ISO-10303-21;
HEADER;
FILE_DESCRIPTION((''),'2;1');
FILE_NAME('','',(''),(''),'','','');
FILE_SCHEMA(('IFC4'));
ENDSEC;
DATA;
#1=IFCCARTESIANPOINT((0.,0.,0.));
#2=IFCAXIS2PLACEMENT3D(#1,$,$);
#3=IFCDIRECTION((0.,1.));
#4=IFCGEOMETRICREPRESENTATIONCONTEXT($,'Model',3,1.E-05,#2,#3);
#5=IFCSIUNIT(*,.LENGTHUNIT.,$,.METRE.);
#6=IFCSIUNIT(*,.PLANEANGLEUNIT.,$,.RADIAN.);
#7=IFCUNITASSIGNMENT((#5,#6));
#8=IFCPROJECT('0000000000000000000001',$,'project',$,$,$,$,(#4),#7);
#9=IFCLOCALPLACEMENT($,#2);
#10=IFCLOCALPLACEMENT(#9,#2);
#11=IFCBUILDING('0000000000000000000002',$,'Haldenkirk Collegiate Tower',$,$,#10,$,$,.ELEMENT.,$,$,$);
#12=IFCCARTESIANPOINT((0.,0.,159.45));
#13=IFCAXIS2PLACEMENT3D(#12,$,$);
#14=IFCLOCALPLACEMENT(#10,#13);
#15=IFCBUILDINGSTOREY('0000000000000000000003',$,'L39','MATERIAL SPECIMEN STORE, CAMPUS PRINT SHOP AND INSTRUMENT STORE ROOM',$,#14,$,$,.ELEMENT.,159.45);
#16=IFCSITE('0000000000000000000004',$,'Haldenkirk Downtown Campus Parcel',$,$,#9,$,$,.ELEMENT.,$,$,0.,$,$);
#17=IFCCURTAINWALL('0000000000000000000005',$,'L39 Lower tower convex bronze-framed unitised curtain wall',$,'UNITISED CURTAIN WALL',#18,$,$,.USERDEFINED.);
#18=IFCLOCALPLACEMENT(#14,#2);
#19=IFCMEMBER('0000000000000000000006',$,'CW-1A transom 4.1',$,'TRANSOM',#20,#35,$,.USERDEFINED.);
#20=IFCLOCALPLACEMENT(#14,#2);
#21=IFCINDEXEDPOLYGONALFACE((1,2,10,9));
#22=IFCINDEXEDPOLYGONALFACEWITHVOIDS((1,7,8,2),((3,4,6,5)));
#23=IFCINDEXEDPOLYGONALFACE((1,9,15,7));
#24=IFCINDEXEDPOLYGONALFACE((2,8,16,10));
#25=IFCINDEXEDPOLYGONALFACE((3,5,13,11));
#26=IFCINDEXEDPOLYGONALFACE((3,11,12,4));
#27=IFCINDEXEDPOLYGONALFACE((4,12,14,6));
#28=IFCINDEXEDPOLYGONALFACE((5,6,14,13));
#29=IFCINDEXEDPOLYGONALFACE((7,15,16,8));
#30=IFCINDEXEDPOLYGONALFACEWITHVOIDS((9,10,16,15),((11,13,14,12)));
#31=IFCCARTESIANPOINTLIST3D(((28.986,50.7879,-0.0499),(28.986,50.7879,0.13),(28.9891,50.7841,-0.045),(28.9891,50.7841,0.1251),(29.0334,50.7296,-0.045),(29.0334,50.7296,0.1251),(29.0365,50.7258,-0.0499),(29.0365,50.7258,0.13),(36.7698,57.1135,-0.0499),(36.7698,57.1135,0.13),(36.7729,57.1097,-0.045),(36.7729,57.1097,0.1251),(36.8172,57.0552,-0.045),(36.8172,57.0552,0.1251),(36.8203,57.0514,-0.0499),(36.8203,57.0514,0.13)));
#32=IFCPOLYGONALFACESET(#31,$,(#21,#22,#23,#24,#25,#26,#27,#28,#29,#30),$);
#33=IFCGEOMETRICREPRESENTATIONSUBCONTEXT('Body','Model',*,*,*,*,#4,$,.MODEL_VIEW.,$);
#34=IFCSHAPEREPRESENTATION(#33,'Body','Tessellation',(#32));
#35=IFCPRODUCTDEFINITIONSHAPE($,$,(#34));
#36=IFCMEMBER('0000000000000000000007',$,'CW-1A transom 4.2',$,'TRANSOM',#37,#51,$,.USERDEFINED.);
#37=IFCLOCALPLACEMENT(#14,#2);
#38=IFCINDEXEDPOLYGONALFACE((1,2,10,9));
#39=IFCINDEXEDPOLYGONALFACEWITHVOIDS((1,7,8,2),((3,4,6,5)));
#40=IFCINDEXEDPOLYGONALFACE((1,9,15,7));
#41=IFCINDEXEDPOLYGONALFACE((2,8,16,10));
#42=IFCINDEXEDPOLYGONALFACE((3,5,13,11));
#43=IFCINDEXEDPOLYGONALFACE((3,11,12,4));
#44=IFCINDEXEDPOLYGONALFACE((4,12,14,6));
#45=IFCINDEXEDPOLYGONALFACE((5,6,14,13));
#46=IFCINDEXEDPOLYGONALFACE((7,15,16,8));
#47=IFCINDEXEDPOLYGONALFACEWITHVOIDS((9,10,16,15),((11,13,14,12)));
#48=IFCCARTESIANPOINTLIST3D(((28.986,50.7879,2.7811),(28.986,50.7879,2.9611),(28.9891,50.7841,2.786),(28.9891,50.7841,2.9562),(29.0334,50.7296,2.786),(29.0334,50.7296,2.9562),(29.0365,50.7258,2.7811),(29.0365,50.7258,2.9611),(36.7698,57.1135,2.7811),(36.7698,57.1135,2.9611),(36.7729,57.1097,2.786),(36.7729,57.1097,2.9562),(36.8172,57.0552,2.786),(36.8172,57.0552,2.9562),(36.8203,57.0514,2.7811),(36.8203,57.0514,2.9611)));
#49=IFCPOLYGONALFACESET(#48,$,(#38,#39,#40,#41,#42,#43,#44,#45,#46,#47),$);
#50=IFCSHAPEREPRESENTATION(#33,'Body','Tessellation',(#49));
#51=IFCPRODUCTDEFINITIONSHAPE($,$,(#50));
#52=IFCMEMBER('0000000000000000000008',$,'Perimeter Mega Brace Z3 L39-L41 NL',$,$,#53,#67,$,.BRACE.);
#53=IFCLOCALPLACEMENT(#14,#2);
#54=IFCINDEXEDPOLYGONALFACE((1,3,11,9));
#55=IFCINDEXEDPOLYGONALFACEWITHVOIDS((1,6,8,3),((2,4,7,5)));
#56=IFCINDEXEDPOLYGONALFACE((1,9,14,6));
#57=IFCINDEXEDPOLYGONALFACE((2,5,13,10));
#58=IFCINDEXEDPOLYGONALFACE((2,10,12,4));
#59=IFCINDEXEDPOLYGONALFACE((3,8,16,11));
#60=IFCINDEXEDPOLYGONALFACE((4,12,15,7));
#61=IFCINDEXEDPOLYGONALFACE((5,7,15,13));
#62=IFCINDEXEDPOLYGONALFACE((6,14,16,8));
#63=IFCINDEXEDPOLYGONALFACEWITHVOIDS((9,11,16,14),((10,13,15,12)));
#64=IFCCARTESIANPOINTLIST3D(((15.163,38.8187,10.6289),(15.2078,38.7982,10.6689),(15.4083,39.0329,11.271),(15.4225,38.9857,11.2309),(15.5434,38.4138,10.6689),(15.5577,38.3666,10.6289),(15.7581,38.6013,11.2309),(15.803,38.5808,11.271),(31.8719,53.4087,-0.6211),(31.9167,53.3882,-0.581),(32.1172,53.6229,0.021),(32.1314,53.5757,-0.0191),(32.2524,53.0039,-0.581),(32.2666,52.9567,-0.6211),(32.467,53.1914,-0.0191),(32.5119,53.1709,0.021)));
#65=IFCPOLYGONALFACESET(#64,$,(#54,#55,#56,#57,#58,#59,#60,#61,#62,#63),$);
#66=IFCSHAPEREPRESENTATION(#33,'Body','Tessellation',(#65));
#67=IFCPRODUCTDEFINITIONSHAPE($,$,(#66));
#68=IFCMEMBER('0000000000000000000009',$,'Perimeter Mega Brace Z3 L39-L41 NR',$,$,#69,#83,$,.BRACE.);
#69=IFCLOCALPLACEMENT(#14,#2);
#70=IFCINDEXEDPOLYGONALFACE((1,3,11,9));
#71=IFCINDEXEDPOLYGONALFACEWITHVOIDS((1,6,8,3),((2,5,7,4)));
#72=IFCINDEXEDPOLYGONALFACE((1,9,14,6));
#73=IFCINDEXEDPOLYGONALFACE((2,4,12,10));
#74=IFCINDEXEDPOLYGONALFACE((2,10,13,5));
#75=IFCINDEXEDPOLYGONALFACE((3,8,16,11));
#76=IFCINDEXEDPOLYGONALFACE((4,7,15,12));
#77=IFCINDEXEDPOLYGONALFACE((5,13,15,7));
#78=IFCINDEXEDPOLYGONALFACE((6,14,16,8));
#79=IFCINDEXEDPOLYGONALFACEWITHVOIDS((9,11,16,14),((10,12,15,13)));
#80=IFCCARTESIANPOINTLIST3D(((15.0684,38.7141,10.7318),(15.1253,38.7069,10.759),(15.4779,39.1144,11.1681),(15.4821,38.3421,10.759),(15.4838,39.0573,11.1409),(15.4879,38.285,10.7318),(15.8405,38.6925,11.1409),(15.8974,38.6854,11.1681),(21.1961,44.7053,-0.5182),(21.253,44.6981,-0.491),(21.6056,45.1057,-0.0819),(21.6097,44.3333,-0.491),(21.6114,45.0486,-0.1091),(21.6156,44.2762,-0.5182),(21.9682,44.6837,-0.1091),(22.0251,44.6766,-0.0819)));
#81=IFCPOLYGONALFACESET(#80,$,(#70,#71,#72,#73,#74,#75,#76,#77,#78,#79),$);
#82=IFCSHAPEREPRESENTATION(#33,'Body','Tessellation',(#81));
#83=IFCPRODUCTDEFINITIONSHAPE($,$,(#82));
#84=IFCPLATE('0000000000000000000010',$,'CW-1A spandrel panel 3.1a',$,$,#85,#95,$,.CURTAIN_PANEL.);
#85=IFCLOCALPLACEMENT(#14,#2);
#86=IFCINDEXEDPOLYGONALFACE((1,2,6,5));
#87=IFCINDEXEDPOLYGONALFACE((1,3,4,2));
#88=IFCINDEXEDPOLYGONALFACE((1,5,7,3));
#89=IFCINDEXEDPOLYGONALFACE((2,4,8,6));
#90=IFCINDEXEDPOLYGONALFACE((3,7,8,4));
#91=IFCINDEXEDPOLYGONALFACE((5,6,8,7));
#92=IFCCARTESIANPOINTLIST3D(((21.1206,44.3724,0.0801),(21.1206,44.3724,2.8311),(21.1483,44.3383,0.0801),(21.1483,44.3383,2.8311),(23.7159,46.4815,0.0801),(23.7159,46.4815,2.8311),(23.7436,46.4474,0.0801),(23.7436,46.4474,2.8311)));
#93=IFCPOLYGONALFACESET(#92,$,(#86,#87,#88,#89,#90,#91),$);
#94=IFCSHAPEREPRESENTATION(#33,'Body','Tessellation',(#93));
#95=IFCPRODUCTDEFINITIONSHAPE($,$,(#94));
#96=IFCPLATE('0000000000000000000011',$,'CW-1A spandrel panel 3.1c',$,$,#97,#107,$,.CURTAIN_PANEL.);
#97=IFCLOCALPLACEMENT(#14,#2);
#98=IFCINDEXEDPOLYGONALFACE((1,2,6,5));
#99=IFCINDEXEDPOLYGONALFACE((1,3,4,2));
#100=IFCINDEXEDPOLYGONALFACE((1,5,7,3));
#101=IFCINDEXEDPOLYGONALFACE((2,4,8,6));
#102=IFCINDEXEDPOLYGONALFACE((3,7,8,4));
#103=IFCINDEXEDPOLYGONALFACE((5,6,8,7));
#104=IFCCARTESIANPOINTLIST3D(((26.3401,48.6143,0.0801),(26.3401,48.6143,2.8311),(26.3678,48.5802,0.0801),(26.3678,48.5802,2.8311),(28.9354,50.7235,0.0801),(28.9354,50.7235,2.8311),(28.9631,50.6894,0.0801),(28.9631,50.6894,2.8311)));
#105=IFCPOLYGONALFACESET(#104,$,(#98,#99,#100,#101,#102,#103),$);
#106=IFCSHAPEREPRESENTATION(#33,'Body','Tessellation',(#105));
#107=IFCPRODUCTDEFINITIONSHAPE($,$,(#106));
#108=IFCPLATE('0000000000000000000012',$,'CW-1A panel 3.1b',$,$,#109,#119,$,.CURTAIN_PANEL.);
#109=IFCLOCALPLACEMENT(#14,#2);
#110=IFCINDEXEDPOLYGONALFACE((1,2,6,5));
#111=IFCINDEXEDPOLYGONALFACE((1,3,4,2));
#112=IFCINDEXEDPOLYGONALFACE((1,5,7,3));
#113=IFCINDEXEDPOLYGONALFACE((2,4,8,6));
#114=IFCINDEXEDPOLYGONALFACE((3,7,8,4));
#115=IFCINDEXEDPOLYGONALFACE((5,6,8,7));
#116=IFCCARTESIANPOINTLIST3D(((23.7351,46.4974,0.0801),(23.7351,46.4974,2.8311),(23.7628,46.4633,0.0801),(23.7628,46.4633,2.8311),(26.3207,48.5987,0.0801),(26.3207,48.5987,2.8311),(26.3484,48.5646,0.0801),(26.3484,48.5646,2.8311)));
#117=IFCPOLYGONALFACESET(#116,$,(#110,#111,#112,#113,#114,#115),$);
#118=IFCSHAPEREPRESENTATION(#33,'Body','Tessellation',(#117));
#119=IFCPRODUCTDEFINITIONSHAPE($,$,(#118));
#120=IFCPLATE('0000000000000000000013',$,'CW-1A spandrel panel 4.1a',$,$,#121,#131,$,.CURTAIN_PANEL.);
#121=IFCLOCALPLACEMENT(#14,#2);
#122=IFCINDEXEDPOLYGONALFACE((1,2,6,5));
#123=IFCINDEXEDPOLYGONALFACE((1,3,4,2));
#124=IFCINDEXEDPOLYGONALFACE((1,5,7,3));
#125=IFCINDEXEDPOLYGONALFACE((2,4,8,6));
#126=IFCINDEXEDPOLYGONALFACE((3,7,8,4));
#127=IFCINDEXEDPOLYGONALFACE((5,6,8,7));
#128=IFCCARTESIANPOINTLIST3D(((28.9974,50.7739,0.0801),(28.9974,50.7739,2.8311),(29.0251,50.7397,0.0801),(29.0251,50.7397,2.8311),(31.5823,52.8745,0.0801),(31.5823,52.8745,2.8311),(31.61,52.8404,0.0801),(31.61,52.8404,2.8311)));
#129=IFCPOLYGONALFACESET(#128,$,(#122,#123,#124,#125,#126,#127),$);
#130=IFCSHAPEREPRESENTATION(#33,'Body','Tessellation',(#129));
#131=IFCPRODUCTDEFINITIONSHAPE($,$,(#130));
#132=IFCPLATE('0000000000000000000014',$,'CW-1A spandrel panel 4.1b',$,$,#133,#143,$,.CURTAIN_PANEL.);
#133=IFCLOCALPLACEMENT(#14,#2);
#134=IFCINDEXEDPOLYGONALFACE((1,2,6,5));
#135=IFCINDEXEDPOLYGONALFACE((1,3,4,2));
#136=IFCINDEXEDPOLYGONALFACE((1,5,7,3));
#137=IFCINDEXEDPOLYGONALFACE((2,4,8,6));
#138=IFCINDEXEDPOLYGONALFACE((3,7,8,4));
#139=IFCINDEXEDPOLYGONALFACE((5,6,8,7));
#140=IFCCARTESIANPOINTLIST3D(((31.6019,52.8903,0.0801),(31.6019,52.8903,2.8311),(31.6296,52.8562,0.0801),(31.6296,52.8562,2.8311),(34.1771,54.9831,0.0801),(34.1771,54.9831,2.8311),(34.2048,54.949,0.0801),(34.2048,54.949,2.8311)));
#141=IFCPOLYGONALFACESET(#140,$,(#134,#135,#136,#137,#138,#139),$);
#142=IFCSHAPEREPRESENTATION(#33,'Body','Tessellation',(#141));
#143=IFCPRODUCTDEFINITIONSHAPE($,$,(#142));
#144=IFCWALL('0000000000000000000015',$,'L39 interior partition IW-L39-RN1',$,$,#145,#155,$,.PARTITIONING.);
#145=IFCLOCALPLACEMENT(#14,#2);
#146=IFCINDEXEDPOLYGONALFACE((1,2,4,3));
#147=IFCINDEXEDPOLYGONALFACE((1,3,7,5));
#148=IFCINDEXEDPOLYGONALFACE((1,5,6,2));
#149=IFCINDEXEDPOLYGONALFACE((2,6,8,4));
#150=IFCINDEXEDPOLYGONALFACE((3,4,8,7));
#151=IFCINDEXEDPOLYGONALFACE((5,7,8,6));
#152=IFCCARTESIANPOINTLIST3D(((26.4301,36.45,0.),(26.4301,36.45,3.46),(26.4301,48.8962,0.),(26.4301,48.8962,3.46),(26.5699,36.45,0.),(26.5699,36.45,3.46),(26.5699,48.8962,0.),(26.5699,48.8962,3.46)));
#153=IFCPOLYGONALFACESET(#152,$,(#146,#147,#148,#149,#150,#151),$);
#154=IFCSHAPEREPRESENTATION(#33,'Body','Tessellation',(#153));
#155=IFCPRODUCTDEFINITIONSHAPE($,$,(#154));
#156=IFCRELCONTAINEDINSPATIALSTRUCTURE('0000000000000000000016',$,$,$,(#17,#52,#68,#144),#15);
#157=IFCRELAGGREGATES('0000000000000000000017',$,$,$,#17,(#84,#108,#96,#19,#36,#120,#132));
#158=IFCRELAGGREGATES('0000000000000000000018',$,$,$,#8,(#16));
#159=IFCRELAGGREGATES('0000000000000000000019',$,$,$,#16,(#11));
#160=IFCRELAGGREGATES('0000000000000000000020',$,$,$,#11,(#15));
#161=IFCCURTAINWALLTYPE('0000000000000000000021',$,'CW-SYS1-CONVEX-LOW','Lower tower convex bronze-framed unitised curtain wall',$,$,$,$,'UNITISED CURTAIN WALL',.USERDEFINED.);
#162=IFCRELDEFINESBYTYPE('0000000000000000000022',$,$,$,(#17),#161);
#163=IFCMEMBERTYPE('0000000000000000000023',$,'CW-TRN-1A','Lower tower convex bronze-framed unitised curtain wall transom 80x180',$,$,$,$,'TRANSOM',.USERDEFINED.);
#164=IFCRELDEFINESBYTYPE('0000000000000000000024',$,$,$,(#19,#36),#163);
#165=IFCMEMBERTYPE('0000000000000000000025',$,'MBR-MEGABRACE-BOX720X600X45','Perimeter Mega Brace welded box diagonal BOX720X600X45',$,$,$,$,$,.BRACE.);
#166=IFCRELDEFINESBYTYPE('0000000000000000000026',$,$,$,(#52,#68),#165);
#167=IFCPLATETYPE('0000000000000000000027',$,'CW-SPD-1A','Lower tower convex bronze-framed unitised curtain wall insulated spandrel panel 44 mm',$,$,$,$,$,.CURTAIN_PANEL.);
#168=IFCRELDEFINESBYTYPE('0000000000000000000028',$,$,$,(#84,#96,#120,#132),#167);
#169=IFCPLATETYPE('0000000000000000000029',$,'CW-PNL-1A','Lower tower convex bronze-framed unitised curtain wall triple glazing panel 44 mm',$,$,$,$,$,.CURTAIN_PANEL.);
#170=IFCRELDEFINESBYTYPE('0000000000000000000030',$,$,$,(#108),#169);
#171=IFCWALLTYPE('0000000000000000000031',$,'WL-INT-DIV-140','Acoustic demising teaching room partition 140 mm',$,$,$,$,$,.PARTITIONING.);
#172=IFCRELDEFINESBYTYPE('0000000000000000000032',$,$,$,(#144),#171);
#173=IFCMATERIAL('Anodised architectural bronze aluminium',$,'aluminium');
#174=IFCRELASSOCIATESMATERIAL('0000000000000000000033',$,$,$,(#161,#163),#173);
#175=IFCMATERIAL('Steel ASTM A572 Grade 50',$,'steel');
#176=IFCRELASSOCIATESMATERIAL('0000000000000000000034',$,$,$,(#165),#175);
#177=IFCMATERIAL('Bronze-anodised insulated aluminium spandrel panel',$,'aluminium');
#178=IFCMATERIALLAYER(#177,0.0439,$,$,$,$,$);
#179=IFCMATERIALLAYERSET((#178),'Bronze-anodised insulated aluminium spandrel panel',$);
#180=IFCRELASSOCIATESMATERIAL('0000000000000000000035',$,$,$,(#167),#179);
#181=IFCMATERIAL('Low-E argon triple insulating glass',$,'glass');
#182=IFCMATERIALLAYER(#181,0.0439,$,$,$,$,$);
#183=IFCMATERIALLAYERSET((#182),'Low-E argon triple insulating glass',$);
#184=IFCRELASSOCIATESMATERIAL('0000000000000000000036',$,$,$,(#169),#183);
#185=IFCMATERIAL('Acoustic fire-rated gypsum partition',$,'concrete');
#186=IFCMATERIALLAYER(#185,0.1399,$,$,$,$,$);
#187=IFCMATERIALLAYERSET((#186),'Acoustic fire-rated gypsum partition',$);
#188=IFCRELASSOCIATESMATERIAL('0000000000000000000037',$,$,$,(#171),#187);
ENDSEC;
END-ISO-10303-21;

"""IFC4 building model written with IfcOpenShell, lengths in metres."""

from ifc_helpers import new_model, si_unit, direction, frame, frame_2d, origin, origin_2d, place, context, subcontext, project, spatial, rectangle, hollow_rectangle, extrude, source, transform, mapped, material, layer, layer_set, material_profile, profile_set, type_object, element, aggregate, save


model = new_model("IFC4")

# Units and contexts
model_context = context("Model", 3, precision=1e-05, world=origin(), true_north=direction((0.0, 1.0)))
body_context = subcontext(model_context, "Body", "Model", "MODEL_VIEW")
ifc_project = project(units=[si_unit("LENGTHUNIT", "METRE"), si_unit("PLANEANGLEUNIT", "RADIAN")], contexts=[model_context])

# Site, building, storey
site_placement = place(None, origin())
site = spatial("IfcSite", under=ifc_project, at=site_placement, Name="Haldenkirk Downtown Campus Parcel", CompositionType="ELEMENT", RefElevation=0.0)
building_placement = place(site_placement, origin())
building = spatial("IfcBuilding", under=site, at=building_placement, Name="Haldenkirk Collegiate Tower", CompositionType="ELEMENT")
storey_placement = place(building_placement, frame((0.0, 0.0, 159.45)))
storey = spatial("IfcBuildingStorey", under=building, at=storey_placement, Name="L39", Description="MATERIAL SPECIMEN STORE, CAMPUS PRINT SHOP AND INSTRUMENT STORE ROOM", CompositionType="ELEMENT", Elevation=159.45)

# Curtain wall, members
ifc_material_1 = material(Name="Anodised architectural bronze aluminium", Category="aluminium")
curtain_wall_type = type_object("IfcCurtainWallType", Name="CW-SYS1-CONVEX-LOW", Description="Lower tower convex bronze-framed unitised curtain wall", ElementType="UNITISED CURTAIN WALL", PredefinedType="USERDEFINED", material=ifc_material_1)
curtain_wall_placement = place(storey_placement, origin())
curtain_wall = element("IfcCurtainWall", 1, at=curtain_wall_placement, inside=storey, type_object=curtain_wall_type, Name="L39 Lower tower convex bronze-framed unitised curtain wall", ObjectType="UNITISED CURTAIN WALL", PredefinedType="USERDEFINED")
ifc_material_profile_1 = material_profile(ifc_material_1, hollow_rectangle(XDim=0.0801, YDim=0.1799, WallThickness=0.0049, at=origin_2d()), Name="CW-TRN-1A")
ifc_profile_set_1 = profile_set([ifc_material_profile_1], Name="Anodised architectural bronze aluminium")
member_type_1 = type_object("IfcMemberType", Name="CW-TRN-1A", Description="Lower tower convex bronze-framed unitised curtain wall transom 80x180", ElementType="TRANSOM", PredefinedType="USERDEFINED", material=ifc_profile_set_1)
member_1_placement = place(storey_placement, frame((29.0112, 50.7568, 0.04), z_axis=(0.776054, 0.630667, 0.0), x_axis=(-0.630667, 0.776054, 0.0)))
member_1 = element("IfcMember", 2, at=member_1_placement, type_object=member_type_1, Name="CW-1A transom 4.1", ObjectType="TRANSOM", PredefinedType="USERDEFINED", context=body_context, shape_type="SweptSolid", body=[
    extrude(hollow_rectangle(XDim=0.0801, YDim=0.1799, WallThickness=0.0049, at=origin_2d()), origin(), (0.0, 0.0, 1.0), 10.03),
])
member_2_placement = place(storey_placement, frame((29.0112, 50.7568, 2.8711), z_axis=(0.776054, 0.630667, 0.0), x_axis=(-0.630667, 0.776054, 0.0)))
member_2 = element("IfcMember", 3, at=member_2_placement, type_object=member_type_1, Name="CW-1A transom 4.2", ObjectType="TRANSOM", PredefinedType="USERDEFINED", context=body_context, shape_type="SweptSolid", body=[
    extrude(hollow_rectangle(XDim=0.0801, YDim=0.1799, WallThickness=0.0049, at=origin_2d()), origin(), (0.0, 0.0, 1.0), 10.03),
])

# Members
ifc_material_2 = material(Name="Steel ASTM A572 Grade 50", Category="steel")
ifc_material_profile_2 = material_profile(ifc_material_2, hollow_rectangle(XDim=0.6001, YDim=0.72, WallThickness=0.0449, at=origin_2d()), Name="BOX720X600X45")
ifc_profile_set_2 = profile_set([ifc_material_profile_2], Name="Steel ASTM A572 Grade 50")
member_type_2 = type_object("IfcMemberType", Name="MBR-MEGABRACE-BOX720X600X45", Description="Perimeter Mega Brace welded box diagonal BOX720X600X45", PredefinedType="BRACE", material=ifc_profile_set_2)
member_3_placement = place(storey_placement, frame((32.1919, 53.2898, -0.3), z_axis=(-0.671795, -0.586604, 0.452313), x_axis=(0.657731, -0.753253, 0.0)))
element("IfcMember", 4, at=member_3_placement, inside=storey, type_object=member_type_2, Name="Perimeter Mega Brace Z3 L39-L41 NL", PredefinedType="BRACE", context=body_context, shape_type="SweptSolid", body=[
    extrude(hollow_rectangle(XDim=0.6001, YDim=0.72, WallThickness=0.0449, at=origin_2d()), origin(), (0.0, 0.0, 1.0), 24.8721),
])
member_4_placement = place(storey_placement, frame((21.6106, 44.6909, -0.3), z_axis=(-0.433287, -0.423637, 0.795484), x_axis=(0.6991, -0.715024, 0.0)))
element("IfcMember", 5, at=member_4_placement, inside=storey, type_object=member_type_2, Name="Perimeter Mega Brace Z3 L39-L41 NR", PredefinedType="BRACE", context=body_context, shape_type="SweptSolid", body=[
    extrude(hollow_rectangle(XDim=0.6001, YDim=0.72, WallThickness=0.0449, at=origin_2d()), origin(), (0.0, 0.0, 1.0), 14.1423),
])

# Plates
ifc_material_3 = material(Name="Bronze-anodised insulated aluminium spandrel panel", Category="aluminium")
ifc_layer_1 = layer(ifc_material_3, 0.0439)
ifc_layer_set_1 = layer_set([ifc_layer_1], Name="Bronze-anodised insulated aluminium spandrel panel")
plate_type_1 = type_object("IfcPlateType", Name="CW-SPD-1A", Description="Lower tower convex bronze-framed unitised curtain wall insulated spandrel panel 44 mm", PredefinedType="CURTAIN_PANEL", material=ifc_layer_set_1)
shared_shape_1 = source(origin(), body_context, "Body", "SweptSolid", [
    extrude(rectangle(XDim=3.3442, YDim=0.0439, at=origin_2d()), origin(), (0.0, 0.0, 1.0), 2.751),
])
plate_1_placement = place(storey_placement, frame((22.4321, 45.4099, 0.0801), z_axis=(0.0, 0.0, 1.0), x_axis=(0.776048, 0.630674, 0.0)))
plate_1 = element("IfcPlate", 6, at=plate_1_placement, type_object=plate_type_1, Name="CW-1A spandrel panel 3.1a", PredefinedType="CURTAIN_PANEL", context=body_context, shape_type="MappedRepresentation", body=[
    mapped(shared_shape_1, transform((0.0, 0.0, 0.0), x_axis=(1.0, 0.0, 0.0), y_axis=(0.0, 1.0, 0.0), z_axis=(0.0, 0.0, 1.0), scale=1.0)),
])
plate_2_placement = place(storey_placement, frame((27.6516, 49.6519, 0.0801), z_axis=(0.0, 0.0, 1.0), x_axis=(0.776048, 0.630674, 0.0)))
plate_2 = element("IfcPlate", 7, at=plate_2_placement, type_object=plate_type_1, Name="CW-1A spandrel panel 3.1c", PredefinedType="CURTAIN_PANEL", context=body_context, shape_type="MappedRepresentation", body=[
    mapped(shared_shape_1, transform((0.0, 0.0, 0.0), x_axis=(1.0, 0.0, 0.0), y_axis=(0.0, 1.0, 0.0), z_axis=(0.0, 0.0, 1.0), scale=1.0)),
])
ifc_material_4 = material(Name="Low-E argon triple insulating glass", Category="glass")
ifc_layer_2 = layer(ifc_material_4, 0.0439)
ifc_layer_set_2 = layer_set([ifc_layer_2], Name="Low-E argon triple insulating glass")
plate_type_2 = type_object("IfcPlateType", Name="CW-PNL-1A", Description="Lower tower convex bronze-framed unitised curtain wall triple glazing panel 44 mm", PredefinedType="CURTAIN_PANEL", material=ifc_layer_set_2)
shared_shape_2 = source(origin(), body_context, "Body", "SweptSolid", [
    extrude(rectangle(XDim=3.3318, YDim=0.0439, at=origin_2d()), origin(), (0.0, 0.0, 1.0), 2.751),
])
plate_3_placement = place(storey_placement, frame((25.0417, 47.531, 0.0801), z_axis=(0.0, 0.0, 1.0), x_axis=(0.776048, 0.630674, 0.0)))
plate_3 = element("IfcPlate", 8, at=plate_3_placement, type_object=plate_type_2, Name="CW-1A panel 3.1b", PredefinedType="CURTAIN_PANEL", context=body_context, shape_type="MappedRepresentation", body=[
    mapped(shared_shape_2, transform((0.0, 0.0, 0.0), x_axis=(1.0, 0.0, 0.0), y_axis=(0.0, 1.0, 0.0), z_axis=(0.0, 0.0, 1.0), scale=1.0)),
])
shared_shape_3 = source(origin(), body_context, "Body", "SweptSolid", [
    extrude(rectangle(XDim=3.3308, YDim=0.0439, at=origin_2d()), origin(), (0.0, 0.0, 1.0), 2.751),
])
plate_4_placement = place(storey_placement, frame((30.3037, 51.8071, 0.0801), z_axis=(0.0, 0.0, 1.0), x_axis=(0.776048, 0.630674, 0.0)))
plate_4 = element("IfcPlate", 9, at=plate_4_placement, type_object=plate_type_1, Name="CW-1A spandrel panel 4.1a", PredefinedType="CURTAIN_PANEL", context=body_context, shape_type="MappedRepresentation", body=[
    mapped(shared_shape_3, transform((0.0, 0.0, 0.0), x_axis=(1.0, 0.0, 0.0), y_axis=(0.0, 1.0, 0.0), z_axis=(0.0, 0.0, 1.0), scale=1.0)),
])
shared_shape_4 = source(origin(), body_context, "Body", "SweptSolid", [
    extrude(rectangle(XDim=3.3184, YDim=0.0439, at=origin_2d()), origin(), (0.0, 0.0, 1.0), 2.751),
])
plate_5_placement = place(storey_placement, frame((32.9033, 53.9197, 0.0801), z_axis=(0.0, 0.0, 1.0), x_axis=(0.776048, 0.630674, 0.0)))
plate_5 = element("IfcPlate", 10, at=plate_5_placement, type_object=plate_type_1, Name="CW-1A spandrel panel 4.1b", PredefinedType="CURTAIN_PANEL", context=body_context, shape_type="MappedRepresentation", body=[
    mapped(shared_shape_4, transform((0.0, 0.0, 0.0), x_axis=(1.0, 0.0, 0.0), y_axis=(0.0, 1.0, 0.0), z_axis=(0.0, 0.0, 1.0), scale=1.0)),
])
aggregate(curtain_wall, [plate_1, plate_3, plate_2, member_1, member_2, plate_4, plate_5])

# Wall
ifc_material_5 = material(Name="Acoustic fire-rated gypsum partition", Category="concrete")
ifc_layer_3 = layer(ifc_material_5, 0.1399)
ifc_layer_set_3 = layer_set([ifc_layer_3], Name="Acoustic fire-rated gypsum partition")
wall_type_1 = type_object("IfcWallType", Name="WL-INT-DIV-140", Description="Acoustic demising teaching room partition 140 mm", PredefinedType="PARTITIONING", material=ifc_layer_set_3)
wall_1_placement = place(storey_placement, frame((26.5, 36.45, 0.0), z_axis=(0.0, 0.0, 1.0), x_axis=(0.0, 1.0, 0.0)))
element("IfcWall", 11, at=wall_1_placement, inside=storey, type_object=wall_type_1, Name="L39 interior partition IW-L39-RN1", PredefinedType="PARTITIONING", context=body_context, shape_type="SweptSolid", body=[
    extrude(rectangle(XDim=12.4463, YDim=0.1399, at=frame_2d((6.2231, 0.0))), origin(), (0.0, 0.0, 1.0), 3.46),
])

save(model, "model.ifc")
